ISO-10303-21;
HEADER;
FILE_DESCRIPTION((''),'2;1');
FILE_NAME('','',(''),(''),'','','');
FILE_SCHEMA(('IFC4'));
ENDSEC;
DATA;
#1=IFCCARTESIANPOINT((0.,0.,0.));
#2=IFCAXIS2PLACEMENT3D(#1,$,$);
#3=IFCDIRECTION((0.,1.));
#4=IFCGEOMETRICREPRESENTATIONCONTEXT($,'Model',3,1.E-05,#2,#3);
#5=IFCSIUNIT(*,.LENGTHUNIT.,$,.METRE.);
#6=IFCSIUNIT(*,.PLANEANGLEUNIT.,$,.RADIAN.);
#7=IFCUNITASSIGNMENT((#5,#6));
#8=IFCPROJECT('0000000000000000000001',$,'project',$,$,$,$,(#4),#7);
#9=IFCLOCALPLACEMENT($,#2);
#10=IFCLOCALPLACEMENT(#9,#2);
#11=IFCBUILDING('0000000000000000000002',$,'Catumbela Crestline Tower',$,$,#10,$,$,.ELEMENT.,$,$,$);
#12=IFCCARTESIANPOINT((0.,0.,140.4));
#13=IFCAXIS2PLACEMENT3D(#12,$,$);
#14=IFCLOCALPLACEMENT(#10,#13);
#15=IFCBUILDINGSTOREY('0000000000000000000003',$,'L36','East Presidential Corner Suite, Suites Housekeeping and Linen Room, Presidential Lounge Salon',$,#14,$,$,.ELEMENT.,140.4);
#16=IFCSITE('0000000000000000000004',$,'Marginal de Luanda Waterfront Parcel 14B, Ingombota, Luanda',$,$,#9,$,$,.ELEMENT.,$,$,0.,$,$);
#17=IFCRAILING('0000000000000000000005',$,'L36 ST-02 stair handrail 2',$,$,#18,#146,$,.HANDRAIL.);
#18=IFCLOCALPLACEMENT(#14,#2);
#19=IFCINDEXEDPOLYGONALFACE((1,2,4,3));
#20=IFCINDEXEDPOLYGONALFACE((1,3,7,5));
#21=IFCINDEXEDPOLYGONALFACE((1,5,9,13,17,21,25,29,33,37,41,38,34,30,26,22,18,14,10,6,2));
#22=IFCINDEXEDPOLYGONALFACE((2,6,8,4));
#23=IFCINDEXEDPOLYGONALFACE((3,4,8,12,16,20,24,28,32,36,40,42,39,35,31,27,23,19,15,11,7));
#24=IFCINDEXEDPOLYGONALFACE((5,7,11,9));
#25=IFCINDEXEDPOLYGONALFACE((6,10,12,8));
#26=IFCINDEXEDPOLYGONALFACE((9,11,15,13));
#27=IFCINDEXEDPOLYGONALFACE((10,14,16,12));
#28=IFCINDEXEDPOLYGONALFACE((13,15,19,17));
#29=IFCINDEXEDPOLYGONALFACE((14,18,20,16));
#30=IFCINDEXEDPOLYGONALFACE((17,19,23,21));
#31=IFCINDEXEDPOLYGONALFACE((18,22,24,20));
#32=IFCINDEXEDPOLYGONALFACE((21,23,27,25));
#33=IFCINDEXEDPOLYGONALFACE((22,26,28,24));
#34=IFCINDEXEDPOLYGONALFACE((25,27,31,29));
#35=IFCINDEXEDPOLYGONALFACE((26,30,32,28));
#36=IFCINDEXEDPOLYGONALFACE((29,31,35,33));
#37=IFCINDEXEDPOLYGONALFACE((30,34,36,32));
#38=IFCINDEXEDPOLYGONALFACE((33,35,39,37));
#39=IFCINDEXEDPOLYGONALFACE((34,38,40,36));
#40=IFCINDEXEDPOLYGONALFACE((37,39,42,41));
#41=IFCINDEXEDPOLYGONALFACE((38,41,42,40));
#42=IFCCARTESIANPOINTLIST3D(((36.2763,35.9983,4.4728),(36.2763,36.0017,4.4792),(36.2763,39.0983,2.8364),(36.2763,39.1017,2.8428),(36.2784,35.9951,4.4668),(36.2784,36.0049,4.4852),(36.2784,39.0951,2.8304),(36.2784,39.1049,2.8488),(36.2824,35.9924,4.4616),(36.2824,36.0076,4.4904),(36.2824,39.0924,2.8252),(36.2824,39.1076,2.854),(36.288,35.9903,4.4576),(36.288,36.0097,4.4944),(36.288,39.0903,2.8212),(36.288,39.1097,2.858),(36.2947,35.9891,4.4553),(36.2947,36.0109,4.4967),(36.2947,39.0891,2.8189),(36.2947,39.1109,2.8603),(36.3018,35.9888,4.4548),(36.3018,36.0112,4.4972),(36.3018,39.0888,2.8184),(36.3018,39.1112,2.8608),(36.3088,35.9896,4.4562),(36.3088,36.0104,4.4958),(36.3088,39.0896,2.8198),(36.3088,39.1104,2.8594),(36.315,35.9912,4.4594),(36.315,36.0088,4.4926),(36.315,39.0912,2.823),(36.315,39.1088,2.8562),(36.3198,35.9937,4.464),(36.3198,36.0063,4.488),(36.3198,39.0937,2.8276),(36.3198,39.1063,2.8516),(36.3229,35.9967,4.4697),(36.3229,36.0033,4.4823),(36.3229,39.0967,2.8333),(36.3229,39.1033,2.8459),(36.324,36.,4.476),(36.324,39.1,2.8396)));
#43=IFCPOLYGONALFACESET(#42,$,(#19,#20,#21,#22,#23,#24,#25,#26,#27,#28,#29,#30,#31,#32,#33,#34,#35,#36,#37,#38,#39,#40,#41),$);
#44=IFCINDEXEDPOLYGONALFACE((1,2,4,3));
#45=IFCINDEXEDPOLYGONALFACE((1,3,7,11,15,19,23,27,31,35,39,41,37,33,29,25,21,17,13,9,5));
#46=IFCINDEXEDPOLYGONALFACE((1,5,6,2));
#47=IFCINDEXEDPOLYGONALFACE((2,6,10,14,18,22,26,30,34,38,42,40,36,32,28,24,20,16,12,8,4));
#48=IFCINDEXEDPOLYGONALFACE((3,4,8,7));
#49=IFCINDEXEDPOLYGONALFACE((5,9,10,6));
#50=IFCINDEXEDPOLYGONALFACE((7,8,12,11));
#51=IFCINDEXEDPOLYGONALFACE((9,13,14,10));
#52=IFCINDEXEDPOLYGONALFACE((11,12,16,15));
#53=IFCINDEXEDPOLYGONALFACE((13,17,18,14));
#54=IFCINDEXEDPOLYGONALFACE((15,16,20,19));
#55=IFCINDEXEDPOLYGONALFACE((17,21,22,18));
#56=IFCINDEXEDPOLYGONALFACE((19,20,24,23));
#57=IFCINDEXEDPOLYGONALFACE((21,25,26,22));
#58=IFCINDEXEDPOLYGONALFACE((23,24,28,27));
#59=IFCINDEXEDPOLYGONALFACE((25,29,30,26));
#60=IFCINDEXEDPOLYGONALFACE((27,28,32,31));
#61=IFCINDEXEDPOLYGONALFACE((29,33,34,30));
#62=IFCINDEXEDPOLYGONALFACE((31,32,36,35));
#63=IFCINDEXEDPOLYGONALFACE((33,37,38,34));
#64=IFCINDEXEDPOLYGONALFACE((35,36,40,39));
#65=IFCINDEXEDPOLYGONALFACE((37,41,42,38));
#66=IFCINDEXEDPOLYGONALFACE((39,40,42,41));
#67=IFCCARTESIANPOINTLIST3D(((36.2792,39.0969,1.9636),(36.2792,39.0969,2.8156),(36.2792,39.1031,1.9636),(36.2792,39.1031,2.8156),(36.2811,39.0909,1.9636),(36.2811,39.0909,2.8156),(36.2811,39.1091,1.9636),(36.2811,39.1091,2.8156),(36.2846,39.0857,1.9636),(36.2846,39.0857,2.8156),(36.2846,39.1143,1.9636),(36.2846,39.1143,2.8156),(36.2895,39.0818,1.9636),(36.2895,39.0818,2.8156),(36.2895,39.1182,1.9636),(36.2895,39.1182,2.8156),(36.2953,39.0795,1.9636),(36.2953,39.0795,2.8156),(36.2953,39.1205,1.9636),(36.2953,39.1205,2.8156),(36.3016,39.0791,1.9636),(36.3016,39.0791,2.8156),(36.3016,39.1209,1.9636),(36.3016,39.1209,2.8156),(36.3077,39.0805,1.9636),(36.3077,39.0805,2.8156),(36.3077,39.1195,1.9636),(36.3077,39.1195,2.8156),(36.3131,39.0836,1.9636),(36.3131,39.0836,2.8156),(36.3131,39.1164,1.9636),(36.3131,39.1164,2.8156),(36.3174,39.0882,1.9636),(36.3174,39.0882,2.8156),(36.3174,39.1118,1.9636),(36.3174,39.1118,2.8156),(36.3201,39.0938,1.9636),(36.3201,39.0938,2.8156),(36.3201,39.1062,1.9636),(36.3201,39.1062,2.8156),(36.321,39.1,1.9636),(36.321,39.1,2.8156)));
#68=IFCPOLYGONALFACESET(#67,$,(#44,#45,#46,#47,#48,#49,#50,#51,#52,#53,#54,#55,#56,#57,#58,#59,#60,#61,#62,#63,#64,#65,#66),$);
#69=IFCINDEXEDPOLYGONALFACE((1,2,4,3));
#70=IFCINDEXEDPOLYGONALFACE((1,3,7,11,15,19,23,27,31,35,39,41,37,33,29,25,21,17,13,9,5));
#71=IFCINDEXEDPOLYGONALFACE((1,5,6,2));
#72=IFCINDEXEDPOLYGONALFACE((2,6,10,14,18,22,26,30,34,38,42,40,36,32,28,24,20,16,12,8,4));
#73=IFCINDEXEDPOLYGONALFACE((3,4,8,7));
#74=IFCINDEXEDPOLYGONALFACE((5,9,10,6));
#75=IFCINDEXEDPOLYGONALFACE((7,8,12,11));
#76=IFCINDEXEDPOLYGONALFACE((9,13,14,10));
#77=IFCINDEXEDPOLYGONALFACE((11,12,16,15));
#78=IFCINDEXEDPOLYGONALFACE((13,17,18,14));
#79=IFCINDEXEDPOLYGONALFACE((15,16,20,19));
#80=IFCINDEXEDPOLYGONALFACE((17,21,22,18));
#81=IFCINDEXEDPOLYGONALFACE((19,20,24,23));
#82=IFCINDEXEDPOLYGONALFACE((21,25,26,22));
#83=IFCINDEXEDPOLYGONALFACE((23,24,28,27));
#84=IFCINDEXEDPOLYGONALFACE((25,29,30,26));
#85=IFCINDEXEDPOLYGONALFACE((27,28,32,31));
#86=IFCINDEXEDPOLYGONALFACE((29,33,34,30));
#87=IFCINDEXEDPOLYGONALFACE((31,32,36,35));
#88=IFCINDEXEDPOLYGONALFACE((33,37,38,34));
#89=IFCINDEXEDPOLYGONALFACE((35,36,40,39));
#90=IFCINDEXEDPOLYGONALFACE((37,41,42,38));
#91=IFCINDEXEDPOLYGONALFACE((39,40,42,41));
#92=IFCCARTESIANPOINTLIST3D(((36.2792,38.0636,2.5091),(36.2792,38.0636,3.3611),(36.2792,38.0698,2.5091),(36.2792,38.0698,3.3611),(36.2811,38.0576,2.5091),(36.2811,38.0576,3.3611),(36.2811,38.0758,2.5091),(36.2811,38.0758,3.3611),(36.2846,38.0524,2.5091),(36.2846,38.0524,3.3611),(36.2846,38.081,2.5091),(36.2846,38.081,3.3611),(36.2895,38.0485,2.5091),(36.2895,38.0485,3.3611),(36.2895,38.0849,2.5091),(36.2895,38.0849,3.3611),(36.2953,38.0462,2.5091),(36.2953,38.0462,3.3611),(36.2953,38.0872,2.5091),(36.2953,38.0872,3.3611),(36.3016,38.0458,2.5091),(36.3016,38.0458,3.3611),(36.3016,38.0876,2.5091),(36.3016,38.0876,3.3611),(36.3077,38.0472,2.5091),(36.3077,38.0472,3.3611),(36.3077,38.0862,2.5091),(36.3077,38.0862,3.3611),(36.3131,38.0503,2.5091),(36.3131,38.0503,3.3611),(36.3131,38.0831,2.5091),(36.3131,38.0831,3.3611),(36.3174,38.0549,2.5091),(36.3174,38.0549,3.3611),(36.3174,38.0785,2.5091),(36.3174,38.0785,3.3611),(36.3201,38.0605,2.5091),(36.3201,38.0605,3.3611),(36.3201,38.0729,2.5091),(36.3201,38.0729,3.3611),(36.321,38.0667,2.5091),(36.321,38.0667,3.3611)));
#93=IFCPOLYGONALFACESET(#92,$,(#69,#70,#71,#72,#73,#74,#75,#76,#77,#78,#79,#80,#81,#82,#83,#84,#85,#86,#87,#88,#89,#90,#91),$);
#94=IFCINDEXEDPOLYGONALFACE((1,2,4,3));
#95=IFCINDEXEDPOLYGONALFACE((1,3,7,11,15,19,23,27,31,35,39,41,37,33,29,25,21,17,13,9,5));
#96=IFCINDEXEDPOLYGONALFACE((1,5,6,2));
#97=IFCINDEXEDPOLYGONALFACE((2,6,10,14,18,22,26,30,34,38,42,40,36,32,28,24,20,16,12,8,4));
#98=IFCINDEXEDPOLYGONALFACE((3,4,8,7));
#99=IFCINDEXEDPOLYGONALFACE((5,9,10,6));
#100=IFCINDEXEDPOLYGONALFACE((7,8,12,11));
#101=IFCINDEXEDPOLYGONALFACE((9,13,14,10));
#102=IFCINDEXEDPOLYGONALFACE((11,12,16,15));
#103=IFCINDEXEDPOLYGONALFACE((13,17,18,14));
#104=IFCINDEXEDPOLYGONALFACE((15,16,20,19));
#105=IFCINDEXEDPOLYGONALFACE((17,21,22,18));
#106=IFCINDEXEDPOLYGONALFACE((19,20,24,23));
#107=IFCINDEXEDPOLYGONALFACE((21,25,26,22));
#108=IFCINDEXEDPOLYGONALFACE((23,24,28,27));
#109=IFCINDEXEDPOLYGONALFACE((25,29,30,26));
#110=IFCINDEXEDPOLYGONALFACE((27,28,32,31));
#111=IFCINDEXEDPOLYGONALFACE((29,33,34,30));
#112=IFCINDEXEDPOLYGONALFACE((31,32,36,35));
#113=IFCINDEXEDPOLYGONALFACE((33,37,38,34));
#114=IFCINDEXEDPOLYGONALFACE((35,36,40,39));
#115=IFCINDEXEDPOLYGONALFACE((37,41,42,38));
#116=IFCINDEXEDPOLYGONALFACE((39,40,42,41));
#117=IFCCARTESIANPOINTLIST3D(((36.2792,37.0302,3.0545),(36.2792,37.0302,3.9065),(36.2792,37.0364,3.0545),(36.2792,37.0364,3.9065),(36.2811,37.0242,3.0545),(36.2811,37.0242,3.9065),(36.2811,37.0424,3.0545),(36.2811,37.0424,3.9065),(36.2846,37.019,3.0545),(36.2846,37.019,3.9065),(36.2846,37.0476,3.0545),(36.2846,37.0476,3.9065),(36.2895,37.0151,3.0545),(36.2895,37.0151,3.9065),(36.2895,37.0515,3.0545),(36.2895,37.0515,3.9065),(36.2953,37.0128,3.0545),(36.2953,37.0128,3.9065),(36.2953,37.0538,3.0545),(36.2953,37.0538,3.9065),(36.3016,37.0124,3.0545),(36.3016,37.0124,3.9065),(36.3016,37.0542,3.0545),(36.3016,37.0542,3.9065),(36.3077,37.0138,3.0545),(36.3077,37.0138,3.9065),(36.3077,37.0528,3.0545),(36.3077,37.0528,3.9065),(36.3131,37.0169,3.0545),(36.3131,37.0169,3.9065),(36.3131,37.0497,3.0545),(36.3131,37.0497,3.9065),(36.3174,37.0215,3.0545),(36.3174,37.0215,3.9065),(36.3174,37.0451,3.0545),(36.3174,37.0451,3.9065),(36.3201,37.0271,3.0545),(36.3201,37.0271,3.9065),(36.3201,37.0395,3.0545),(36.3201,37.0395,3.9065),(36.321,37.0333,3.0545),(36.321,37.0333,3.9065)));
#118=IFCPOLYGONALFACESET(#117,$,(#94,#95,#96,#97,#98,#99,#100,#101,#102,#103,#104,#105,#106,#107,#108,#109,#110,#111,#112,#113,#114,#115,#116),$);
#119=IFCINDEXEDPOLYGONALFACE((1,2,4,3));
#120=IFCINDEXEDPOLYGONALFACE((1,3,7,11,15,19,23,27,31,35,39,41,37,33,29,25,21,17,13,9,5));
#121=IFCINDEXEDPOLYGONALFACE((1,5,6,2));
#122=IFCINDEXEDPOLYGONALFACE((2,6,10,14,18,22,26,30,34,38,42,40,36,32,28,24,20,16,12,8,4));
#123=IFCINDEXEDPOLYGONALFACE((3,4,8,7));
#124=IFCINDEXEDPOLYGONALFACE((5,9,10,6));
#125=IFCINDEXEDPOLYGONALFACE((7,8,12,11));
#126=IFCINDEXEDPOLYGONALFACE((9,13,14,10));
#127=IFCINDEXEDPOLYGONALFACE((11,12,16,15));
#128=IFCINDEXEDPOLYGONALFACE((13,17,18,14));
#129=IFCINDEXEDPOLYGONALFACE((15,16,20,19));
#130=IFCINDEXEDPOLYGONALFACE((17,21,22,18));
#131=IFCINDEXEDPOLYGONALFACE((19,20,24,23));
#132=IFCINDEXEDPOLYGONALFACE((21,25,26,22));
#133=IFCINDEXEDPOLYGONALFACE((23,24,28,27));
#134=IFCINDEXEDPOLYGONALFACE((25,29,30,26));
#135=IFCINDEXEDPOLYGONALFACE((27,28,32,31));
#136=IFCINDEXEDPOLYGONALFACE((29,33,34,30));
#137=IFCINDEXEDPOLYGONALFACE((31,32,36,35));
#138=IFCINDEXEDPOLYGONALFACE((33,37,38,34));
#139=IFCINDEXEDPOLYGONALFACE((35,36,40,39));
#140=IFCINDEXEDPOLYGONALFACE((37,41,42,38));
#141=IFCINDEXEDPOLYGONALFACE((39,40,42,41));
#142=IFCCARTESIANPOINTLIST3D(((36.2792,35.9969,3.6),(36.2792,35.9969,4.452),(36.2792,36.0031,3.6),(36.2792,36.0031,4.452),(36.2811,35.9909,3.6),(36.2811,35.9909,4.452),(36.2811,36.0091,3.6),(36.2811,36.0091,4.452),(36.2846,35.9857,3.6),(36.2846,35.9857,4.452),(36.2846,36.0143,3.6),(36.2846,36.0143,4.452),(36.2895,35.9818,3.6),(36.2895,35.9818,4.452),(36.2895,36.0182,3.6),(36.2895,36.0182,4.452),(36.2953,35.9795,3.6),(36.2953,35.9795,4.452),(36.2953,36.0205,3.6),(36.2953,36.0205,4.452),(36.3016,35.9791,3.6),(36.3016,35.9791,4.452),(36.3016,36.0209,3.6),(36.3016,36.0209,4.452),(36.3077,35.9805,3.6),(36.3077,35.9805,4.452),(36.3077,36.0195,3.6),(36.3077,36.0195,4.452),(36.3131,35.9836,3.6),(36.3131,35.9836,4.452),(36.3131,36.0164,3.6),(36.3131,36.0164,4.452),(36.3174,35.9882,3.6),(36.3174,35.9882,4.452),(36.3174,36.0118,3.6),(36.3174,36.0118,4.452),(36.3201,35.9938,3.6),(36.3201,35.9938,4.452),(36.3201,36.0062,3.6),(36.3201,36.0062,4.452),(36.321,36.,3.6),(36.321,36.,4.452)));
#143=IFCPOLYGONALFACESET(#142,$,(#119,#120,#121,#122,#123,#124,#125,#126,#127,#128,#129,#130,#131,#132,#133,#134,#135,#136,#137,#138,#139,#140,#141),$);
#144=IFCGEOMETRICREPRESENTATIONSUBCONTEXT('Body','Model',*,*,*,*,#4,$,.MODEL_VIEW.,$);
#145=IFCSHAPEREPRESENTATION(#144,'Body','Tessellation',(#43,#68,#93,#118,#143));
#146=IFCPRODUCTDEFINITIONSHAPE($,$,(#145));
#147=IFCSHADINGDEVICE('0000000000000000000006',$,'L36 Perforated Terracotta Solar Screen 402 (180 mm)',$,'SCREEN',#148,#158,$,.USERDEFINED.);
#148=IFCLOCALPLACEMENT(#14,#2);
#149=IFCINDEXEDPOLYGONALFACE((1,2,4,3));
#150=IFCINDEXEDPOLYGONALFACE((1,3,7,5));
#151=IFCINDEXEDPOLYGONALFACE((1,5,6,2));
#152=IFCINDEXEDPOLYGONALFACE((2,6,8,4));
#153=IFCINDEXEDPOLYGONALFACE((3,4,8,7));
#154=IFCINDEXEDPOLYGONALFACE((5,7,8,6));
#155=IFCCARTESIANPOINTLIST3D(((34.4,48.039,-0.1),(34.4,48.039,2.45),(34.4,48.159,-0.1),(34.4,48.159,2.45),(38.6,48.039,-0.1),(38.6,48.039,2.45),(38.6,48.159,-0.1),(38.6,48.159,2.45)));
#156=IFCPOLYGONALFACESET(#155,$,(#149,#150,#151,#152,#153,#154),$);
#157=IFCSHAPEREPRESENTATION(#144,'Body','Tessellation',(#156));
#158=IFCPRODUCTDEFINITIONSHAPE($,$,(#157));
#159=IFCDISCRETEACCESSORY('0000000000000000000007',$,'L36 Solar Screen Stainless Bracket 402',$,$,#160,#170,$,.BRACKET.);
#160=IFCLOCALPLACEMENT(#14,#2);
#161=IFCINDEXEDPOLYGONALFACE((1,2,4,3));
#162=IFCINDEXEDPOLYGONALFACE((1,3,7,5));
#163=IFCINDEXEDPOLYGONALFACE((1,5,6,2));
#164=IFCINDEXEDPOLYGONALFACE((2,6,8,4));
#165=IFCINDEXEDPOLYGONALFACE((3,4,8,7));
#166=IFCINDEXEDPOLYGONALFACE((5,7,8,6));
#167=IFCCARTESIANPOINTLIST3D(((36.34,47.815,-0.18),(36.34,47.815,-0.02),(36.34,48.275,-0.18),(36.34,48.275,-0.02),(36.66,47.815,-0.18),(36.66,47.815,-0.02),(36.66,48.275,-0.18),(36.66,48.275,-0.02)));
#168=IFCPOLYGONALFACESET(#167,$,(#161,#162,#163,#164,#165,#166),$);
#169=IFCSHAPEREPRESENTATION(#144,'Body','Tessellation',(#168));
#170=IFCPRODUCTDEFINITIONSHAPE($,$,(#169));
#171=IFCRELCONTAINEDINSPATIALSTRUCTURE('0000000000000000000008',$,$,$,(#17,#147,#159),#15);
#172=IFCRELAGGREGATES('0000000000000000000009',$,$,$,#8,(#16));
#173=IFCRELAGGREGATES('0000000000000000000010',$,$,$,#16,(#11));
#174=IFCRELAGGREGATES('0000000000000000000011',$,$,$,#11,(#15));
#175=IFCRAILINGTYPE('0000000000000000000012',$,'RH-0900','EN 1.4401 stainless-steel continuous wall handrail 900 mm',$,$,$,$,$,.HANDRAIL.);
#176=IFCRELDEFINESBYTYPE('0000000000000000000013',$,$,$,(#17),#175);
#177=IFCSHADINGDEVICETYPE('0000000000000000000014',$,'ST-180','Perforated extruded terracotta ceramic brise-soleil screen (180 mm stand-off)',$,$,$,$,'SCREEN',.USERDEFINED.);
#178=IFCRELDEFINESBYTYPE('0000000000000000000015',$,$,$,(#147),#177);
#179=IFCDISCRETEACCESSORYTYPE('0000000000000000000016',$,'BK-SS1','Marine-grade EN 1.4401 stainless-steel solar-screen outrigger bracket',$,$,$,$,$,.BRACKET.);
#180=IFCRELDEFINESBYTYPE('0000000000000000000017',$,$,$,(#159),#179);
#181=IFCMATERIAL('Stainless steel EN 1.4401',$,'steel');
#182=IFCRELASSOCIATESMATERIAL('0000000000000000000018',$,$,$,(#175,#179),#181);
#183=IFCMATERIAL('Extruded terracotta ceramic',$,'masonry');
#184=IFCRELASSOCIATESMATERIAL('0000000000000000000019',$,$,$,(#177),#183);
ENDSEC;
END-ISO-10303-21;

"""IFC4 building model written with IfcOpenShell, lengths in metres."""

from ifc_helpers import new_model, si_unit, direction, frame, origin, origin_2d, place, context, subcontext, project, spatial, rectangle, circle, extrude, material, type_object, element, save


model = new_model("IFC4")

# Units and contexts
model_context = context("Model", 3, precision=1e-05, world=origin(), true_north=direction((0.0, 1.0)))
body_context = subcontext(model_context, "Body", "Model", "MODEL_VIEW")
ifc_project = project(units=[si_unit("LENGTHUNIT", "METRE"), si_unit("PLANEANGLEUNIT", "RADIAN")], contexts=[model_context])

# Site, building, storey
site_placement = place(None, origin())
site = spatial("IfcSite", under=ifc_project, at=site_placement, Name="Marginal de Luanda Waterfront Parcel 14B, Ingombota, Luanda", CompositionType="ELEMENT", RefElevation=0.0)
building_placement = place(site_placement, origin())
building = spatial("IfcBuilding", under=site, at=building_placement, Name="Catumbela Crestline Tower", CompositionType="ELEMENT")
storey_placement = place(building_placement, frame((0.0, 0.0, 140.4)))
storey = spatial("IfcBuildingStorey", under=building, at=storey_placement, Name="L36", Description="East Presidential Corner Suite, Suites Housekeeping and Linen Room, Presidential Lounge Salon", CompositionType="ELEMENT", Elevation=140.4)

# Shared definitions
ifc_material_1 = material(Name="Stainless steel EN 1.4401", Category="steel")

# Railing
railing_type_1 = type_object("IfcRailingType", Name="RH-0900", Description="EN 1.4401 stainless-steel continuous wall handrail 900 mm", PredefinedType="HANDRAIL", material=ifc_material_1)
railing_1_placement = place(storey_placement, frame((36.3, 39.1, 1.9636)))
element("IfcRailing", 1, at=railing_1_placement, inside=storey, type_object=railing_type_1, Name="L36 ST-02 stair handrail 2", PredefinedType="HANDRAIL", context=body_context, shape_type="SweptSolid", body=[
    extrude(circle(Radius=0.024, at=origin_2d()), frame((0.0, 0.0, 0.876), z_axis=(0.0, -0.884351, 0.466823), x_axis=(1.0, 0.0, 0.0)), (0.0, 0.0, 1.0), 3.5054),
    extrude(circle(Radius=0.021, at=origin_2d()), origin(), (0.0, 0.0, 1.0), 0.852),
    extrude(circle(Radius=0.021, at=origin_2d()), frame((0.0, -1.0333, 0.5455)), (0.0, 0.0, 1.0), 0.852),
    extrude(circle(Radius=0.021, at=origin_2d()), frame((0.0, -2.0667, 1.0909)), (0.0, 0.0, 1.0), 0.852),
    extrude(circle(Radius=0.021, at=origin_2d()), frame((0.0, -3.1, 1.6364)), (0.0, 0.0, 1.0), 0.852),
])

# Shading device
ifc_material_2 = material(Name="Extruded terracotta ceramic", Category="masonry")
shading_device_type = type_object("IfcShadingDeviceType", Name="ST-180", Description="Perforated extruded terracotta ceramic brise-soleil screen (180 mm stand-off)", ElementType="SCREEN", PredefinedType="USERDEFINED", material=ifc_material_2)
shading_device_placement = place(storey_placement, frame((36.5, 48.099, -0.1), z_axis=(0.0, 0.0, 1.0), x_axis=(-1.0, 0.0, 0.0)))
element("IfcShadingDevice", 2, at=shading_device_placement, inside=storey, type_object=shading_device_type, Name="L36 Perforated Terracotta Solar Screen 402 (180 mm)", ObjectType="SCREEN", PredefinedType="USERDEFINED", context=body_context, shape_type="SweptSolid", body=[
    extrude(rectangle(XDim=4.2, YDim=0.12, at=origin_2d()), origin(), (0.0, 0.0, 1.0), 2.55),
])

# Discrete accessory
discrete_accessory_type = type_object("IfcDiscreteAccessoryType", Name="BK-SS1", Description="Marine-grade EN 1.4401 stainless-steel solar-screen outrigger bracket", PredefinedType="BRACKET", material=ifc_material_1)
discrete_accessory_placement = place(storey_placement, frame((36.5, 48.045, -0.18), z_axis=(0.0, 0.0, 1.0), x_axis=(-1.0, 0.0, 0.0)))
element("IfcDiscreteAccessory", 3, at=discrete_accessory_placement, inside=storey, type_object=discrete_accessory_type, Name="L36 Solar Screen Stainless Bracket 402", PredefinedType="BRACKET", context=body_context, shape_type="SweptSolid", body=[
    extrude(rectangle(XDim=0.32, YDim=0.46, at=origin_2d()), origin(), (0.0, 0.0, 1.0), 0.16),
])

save(model, "model.ifc")
